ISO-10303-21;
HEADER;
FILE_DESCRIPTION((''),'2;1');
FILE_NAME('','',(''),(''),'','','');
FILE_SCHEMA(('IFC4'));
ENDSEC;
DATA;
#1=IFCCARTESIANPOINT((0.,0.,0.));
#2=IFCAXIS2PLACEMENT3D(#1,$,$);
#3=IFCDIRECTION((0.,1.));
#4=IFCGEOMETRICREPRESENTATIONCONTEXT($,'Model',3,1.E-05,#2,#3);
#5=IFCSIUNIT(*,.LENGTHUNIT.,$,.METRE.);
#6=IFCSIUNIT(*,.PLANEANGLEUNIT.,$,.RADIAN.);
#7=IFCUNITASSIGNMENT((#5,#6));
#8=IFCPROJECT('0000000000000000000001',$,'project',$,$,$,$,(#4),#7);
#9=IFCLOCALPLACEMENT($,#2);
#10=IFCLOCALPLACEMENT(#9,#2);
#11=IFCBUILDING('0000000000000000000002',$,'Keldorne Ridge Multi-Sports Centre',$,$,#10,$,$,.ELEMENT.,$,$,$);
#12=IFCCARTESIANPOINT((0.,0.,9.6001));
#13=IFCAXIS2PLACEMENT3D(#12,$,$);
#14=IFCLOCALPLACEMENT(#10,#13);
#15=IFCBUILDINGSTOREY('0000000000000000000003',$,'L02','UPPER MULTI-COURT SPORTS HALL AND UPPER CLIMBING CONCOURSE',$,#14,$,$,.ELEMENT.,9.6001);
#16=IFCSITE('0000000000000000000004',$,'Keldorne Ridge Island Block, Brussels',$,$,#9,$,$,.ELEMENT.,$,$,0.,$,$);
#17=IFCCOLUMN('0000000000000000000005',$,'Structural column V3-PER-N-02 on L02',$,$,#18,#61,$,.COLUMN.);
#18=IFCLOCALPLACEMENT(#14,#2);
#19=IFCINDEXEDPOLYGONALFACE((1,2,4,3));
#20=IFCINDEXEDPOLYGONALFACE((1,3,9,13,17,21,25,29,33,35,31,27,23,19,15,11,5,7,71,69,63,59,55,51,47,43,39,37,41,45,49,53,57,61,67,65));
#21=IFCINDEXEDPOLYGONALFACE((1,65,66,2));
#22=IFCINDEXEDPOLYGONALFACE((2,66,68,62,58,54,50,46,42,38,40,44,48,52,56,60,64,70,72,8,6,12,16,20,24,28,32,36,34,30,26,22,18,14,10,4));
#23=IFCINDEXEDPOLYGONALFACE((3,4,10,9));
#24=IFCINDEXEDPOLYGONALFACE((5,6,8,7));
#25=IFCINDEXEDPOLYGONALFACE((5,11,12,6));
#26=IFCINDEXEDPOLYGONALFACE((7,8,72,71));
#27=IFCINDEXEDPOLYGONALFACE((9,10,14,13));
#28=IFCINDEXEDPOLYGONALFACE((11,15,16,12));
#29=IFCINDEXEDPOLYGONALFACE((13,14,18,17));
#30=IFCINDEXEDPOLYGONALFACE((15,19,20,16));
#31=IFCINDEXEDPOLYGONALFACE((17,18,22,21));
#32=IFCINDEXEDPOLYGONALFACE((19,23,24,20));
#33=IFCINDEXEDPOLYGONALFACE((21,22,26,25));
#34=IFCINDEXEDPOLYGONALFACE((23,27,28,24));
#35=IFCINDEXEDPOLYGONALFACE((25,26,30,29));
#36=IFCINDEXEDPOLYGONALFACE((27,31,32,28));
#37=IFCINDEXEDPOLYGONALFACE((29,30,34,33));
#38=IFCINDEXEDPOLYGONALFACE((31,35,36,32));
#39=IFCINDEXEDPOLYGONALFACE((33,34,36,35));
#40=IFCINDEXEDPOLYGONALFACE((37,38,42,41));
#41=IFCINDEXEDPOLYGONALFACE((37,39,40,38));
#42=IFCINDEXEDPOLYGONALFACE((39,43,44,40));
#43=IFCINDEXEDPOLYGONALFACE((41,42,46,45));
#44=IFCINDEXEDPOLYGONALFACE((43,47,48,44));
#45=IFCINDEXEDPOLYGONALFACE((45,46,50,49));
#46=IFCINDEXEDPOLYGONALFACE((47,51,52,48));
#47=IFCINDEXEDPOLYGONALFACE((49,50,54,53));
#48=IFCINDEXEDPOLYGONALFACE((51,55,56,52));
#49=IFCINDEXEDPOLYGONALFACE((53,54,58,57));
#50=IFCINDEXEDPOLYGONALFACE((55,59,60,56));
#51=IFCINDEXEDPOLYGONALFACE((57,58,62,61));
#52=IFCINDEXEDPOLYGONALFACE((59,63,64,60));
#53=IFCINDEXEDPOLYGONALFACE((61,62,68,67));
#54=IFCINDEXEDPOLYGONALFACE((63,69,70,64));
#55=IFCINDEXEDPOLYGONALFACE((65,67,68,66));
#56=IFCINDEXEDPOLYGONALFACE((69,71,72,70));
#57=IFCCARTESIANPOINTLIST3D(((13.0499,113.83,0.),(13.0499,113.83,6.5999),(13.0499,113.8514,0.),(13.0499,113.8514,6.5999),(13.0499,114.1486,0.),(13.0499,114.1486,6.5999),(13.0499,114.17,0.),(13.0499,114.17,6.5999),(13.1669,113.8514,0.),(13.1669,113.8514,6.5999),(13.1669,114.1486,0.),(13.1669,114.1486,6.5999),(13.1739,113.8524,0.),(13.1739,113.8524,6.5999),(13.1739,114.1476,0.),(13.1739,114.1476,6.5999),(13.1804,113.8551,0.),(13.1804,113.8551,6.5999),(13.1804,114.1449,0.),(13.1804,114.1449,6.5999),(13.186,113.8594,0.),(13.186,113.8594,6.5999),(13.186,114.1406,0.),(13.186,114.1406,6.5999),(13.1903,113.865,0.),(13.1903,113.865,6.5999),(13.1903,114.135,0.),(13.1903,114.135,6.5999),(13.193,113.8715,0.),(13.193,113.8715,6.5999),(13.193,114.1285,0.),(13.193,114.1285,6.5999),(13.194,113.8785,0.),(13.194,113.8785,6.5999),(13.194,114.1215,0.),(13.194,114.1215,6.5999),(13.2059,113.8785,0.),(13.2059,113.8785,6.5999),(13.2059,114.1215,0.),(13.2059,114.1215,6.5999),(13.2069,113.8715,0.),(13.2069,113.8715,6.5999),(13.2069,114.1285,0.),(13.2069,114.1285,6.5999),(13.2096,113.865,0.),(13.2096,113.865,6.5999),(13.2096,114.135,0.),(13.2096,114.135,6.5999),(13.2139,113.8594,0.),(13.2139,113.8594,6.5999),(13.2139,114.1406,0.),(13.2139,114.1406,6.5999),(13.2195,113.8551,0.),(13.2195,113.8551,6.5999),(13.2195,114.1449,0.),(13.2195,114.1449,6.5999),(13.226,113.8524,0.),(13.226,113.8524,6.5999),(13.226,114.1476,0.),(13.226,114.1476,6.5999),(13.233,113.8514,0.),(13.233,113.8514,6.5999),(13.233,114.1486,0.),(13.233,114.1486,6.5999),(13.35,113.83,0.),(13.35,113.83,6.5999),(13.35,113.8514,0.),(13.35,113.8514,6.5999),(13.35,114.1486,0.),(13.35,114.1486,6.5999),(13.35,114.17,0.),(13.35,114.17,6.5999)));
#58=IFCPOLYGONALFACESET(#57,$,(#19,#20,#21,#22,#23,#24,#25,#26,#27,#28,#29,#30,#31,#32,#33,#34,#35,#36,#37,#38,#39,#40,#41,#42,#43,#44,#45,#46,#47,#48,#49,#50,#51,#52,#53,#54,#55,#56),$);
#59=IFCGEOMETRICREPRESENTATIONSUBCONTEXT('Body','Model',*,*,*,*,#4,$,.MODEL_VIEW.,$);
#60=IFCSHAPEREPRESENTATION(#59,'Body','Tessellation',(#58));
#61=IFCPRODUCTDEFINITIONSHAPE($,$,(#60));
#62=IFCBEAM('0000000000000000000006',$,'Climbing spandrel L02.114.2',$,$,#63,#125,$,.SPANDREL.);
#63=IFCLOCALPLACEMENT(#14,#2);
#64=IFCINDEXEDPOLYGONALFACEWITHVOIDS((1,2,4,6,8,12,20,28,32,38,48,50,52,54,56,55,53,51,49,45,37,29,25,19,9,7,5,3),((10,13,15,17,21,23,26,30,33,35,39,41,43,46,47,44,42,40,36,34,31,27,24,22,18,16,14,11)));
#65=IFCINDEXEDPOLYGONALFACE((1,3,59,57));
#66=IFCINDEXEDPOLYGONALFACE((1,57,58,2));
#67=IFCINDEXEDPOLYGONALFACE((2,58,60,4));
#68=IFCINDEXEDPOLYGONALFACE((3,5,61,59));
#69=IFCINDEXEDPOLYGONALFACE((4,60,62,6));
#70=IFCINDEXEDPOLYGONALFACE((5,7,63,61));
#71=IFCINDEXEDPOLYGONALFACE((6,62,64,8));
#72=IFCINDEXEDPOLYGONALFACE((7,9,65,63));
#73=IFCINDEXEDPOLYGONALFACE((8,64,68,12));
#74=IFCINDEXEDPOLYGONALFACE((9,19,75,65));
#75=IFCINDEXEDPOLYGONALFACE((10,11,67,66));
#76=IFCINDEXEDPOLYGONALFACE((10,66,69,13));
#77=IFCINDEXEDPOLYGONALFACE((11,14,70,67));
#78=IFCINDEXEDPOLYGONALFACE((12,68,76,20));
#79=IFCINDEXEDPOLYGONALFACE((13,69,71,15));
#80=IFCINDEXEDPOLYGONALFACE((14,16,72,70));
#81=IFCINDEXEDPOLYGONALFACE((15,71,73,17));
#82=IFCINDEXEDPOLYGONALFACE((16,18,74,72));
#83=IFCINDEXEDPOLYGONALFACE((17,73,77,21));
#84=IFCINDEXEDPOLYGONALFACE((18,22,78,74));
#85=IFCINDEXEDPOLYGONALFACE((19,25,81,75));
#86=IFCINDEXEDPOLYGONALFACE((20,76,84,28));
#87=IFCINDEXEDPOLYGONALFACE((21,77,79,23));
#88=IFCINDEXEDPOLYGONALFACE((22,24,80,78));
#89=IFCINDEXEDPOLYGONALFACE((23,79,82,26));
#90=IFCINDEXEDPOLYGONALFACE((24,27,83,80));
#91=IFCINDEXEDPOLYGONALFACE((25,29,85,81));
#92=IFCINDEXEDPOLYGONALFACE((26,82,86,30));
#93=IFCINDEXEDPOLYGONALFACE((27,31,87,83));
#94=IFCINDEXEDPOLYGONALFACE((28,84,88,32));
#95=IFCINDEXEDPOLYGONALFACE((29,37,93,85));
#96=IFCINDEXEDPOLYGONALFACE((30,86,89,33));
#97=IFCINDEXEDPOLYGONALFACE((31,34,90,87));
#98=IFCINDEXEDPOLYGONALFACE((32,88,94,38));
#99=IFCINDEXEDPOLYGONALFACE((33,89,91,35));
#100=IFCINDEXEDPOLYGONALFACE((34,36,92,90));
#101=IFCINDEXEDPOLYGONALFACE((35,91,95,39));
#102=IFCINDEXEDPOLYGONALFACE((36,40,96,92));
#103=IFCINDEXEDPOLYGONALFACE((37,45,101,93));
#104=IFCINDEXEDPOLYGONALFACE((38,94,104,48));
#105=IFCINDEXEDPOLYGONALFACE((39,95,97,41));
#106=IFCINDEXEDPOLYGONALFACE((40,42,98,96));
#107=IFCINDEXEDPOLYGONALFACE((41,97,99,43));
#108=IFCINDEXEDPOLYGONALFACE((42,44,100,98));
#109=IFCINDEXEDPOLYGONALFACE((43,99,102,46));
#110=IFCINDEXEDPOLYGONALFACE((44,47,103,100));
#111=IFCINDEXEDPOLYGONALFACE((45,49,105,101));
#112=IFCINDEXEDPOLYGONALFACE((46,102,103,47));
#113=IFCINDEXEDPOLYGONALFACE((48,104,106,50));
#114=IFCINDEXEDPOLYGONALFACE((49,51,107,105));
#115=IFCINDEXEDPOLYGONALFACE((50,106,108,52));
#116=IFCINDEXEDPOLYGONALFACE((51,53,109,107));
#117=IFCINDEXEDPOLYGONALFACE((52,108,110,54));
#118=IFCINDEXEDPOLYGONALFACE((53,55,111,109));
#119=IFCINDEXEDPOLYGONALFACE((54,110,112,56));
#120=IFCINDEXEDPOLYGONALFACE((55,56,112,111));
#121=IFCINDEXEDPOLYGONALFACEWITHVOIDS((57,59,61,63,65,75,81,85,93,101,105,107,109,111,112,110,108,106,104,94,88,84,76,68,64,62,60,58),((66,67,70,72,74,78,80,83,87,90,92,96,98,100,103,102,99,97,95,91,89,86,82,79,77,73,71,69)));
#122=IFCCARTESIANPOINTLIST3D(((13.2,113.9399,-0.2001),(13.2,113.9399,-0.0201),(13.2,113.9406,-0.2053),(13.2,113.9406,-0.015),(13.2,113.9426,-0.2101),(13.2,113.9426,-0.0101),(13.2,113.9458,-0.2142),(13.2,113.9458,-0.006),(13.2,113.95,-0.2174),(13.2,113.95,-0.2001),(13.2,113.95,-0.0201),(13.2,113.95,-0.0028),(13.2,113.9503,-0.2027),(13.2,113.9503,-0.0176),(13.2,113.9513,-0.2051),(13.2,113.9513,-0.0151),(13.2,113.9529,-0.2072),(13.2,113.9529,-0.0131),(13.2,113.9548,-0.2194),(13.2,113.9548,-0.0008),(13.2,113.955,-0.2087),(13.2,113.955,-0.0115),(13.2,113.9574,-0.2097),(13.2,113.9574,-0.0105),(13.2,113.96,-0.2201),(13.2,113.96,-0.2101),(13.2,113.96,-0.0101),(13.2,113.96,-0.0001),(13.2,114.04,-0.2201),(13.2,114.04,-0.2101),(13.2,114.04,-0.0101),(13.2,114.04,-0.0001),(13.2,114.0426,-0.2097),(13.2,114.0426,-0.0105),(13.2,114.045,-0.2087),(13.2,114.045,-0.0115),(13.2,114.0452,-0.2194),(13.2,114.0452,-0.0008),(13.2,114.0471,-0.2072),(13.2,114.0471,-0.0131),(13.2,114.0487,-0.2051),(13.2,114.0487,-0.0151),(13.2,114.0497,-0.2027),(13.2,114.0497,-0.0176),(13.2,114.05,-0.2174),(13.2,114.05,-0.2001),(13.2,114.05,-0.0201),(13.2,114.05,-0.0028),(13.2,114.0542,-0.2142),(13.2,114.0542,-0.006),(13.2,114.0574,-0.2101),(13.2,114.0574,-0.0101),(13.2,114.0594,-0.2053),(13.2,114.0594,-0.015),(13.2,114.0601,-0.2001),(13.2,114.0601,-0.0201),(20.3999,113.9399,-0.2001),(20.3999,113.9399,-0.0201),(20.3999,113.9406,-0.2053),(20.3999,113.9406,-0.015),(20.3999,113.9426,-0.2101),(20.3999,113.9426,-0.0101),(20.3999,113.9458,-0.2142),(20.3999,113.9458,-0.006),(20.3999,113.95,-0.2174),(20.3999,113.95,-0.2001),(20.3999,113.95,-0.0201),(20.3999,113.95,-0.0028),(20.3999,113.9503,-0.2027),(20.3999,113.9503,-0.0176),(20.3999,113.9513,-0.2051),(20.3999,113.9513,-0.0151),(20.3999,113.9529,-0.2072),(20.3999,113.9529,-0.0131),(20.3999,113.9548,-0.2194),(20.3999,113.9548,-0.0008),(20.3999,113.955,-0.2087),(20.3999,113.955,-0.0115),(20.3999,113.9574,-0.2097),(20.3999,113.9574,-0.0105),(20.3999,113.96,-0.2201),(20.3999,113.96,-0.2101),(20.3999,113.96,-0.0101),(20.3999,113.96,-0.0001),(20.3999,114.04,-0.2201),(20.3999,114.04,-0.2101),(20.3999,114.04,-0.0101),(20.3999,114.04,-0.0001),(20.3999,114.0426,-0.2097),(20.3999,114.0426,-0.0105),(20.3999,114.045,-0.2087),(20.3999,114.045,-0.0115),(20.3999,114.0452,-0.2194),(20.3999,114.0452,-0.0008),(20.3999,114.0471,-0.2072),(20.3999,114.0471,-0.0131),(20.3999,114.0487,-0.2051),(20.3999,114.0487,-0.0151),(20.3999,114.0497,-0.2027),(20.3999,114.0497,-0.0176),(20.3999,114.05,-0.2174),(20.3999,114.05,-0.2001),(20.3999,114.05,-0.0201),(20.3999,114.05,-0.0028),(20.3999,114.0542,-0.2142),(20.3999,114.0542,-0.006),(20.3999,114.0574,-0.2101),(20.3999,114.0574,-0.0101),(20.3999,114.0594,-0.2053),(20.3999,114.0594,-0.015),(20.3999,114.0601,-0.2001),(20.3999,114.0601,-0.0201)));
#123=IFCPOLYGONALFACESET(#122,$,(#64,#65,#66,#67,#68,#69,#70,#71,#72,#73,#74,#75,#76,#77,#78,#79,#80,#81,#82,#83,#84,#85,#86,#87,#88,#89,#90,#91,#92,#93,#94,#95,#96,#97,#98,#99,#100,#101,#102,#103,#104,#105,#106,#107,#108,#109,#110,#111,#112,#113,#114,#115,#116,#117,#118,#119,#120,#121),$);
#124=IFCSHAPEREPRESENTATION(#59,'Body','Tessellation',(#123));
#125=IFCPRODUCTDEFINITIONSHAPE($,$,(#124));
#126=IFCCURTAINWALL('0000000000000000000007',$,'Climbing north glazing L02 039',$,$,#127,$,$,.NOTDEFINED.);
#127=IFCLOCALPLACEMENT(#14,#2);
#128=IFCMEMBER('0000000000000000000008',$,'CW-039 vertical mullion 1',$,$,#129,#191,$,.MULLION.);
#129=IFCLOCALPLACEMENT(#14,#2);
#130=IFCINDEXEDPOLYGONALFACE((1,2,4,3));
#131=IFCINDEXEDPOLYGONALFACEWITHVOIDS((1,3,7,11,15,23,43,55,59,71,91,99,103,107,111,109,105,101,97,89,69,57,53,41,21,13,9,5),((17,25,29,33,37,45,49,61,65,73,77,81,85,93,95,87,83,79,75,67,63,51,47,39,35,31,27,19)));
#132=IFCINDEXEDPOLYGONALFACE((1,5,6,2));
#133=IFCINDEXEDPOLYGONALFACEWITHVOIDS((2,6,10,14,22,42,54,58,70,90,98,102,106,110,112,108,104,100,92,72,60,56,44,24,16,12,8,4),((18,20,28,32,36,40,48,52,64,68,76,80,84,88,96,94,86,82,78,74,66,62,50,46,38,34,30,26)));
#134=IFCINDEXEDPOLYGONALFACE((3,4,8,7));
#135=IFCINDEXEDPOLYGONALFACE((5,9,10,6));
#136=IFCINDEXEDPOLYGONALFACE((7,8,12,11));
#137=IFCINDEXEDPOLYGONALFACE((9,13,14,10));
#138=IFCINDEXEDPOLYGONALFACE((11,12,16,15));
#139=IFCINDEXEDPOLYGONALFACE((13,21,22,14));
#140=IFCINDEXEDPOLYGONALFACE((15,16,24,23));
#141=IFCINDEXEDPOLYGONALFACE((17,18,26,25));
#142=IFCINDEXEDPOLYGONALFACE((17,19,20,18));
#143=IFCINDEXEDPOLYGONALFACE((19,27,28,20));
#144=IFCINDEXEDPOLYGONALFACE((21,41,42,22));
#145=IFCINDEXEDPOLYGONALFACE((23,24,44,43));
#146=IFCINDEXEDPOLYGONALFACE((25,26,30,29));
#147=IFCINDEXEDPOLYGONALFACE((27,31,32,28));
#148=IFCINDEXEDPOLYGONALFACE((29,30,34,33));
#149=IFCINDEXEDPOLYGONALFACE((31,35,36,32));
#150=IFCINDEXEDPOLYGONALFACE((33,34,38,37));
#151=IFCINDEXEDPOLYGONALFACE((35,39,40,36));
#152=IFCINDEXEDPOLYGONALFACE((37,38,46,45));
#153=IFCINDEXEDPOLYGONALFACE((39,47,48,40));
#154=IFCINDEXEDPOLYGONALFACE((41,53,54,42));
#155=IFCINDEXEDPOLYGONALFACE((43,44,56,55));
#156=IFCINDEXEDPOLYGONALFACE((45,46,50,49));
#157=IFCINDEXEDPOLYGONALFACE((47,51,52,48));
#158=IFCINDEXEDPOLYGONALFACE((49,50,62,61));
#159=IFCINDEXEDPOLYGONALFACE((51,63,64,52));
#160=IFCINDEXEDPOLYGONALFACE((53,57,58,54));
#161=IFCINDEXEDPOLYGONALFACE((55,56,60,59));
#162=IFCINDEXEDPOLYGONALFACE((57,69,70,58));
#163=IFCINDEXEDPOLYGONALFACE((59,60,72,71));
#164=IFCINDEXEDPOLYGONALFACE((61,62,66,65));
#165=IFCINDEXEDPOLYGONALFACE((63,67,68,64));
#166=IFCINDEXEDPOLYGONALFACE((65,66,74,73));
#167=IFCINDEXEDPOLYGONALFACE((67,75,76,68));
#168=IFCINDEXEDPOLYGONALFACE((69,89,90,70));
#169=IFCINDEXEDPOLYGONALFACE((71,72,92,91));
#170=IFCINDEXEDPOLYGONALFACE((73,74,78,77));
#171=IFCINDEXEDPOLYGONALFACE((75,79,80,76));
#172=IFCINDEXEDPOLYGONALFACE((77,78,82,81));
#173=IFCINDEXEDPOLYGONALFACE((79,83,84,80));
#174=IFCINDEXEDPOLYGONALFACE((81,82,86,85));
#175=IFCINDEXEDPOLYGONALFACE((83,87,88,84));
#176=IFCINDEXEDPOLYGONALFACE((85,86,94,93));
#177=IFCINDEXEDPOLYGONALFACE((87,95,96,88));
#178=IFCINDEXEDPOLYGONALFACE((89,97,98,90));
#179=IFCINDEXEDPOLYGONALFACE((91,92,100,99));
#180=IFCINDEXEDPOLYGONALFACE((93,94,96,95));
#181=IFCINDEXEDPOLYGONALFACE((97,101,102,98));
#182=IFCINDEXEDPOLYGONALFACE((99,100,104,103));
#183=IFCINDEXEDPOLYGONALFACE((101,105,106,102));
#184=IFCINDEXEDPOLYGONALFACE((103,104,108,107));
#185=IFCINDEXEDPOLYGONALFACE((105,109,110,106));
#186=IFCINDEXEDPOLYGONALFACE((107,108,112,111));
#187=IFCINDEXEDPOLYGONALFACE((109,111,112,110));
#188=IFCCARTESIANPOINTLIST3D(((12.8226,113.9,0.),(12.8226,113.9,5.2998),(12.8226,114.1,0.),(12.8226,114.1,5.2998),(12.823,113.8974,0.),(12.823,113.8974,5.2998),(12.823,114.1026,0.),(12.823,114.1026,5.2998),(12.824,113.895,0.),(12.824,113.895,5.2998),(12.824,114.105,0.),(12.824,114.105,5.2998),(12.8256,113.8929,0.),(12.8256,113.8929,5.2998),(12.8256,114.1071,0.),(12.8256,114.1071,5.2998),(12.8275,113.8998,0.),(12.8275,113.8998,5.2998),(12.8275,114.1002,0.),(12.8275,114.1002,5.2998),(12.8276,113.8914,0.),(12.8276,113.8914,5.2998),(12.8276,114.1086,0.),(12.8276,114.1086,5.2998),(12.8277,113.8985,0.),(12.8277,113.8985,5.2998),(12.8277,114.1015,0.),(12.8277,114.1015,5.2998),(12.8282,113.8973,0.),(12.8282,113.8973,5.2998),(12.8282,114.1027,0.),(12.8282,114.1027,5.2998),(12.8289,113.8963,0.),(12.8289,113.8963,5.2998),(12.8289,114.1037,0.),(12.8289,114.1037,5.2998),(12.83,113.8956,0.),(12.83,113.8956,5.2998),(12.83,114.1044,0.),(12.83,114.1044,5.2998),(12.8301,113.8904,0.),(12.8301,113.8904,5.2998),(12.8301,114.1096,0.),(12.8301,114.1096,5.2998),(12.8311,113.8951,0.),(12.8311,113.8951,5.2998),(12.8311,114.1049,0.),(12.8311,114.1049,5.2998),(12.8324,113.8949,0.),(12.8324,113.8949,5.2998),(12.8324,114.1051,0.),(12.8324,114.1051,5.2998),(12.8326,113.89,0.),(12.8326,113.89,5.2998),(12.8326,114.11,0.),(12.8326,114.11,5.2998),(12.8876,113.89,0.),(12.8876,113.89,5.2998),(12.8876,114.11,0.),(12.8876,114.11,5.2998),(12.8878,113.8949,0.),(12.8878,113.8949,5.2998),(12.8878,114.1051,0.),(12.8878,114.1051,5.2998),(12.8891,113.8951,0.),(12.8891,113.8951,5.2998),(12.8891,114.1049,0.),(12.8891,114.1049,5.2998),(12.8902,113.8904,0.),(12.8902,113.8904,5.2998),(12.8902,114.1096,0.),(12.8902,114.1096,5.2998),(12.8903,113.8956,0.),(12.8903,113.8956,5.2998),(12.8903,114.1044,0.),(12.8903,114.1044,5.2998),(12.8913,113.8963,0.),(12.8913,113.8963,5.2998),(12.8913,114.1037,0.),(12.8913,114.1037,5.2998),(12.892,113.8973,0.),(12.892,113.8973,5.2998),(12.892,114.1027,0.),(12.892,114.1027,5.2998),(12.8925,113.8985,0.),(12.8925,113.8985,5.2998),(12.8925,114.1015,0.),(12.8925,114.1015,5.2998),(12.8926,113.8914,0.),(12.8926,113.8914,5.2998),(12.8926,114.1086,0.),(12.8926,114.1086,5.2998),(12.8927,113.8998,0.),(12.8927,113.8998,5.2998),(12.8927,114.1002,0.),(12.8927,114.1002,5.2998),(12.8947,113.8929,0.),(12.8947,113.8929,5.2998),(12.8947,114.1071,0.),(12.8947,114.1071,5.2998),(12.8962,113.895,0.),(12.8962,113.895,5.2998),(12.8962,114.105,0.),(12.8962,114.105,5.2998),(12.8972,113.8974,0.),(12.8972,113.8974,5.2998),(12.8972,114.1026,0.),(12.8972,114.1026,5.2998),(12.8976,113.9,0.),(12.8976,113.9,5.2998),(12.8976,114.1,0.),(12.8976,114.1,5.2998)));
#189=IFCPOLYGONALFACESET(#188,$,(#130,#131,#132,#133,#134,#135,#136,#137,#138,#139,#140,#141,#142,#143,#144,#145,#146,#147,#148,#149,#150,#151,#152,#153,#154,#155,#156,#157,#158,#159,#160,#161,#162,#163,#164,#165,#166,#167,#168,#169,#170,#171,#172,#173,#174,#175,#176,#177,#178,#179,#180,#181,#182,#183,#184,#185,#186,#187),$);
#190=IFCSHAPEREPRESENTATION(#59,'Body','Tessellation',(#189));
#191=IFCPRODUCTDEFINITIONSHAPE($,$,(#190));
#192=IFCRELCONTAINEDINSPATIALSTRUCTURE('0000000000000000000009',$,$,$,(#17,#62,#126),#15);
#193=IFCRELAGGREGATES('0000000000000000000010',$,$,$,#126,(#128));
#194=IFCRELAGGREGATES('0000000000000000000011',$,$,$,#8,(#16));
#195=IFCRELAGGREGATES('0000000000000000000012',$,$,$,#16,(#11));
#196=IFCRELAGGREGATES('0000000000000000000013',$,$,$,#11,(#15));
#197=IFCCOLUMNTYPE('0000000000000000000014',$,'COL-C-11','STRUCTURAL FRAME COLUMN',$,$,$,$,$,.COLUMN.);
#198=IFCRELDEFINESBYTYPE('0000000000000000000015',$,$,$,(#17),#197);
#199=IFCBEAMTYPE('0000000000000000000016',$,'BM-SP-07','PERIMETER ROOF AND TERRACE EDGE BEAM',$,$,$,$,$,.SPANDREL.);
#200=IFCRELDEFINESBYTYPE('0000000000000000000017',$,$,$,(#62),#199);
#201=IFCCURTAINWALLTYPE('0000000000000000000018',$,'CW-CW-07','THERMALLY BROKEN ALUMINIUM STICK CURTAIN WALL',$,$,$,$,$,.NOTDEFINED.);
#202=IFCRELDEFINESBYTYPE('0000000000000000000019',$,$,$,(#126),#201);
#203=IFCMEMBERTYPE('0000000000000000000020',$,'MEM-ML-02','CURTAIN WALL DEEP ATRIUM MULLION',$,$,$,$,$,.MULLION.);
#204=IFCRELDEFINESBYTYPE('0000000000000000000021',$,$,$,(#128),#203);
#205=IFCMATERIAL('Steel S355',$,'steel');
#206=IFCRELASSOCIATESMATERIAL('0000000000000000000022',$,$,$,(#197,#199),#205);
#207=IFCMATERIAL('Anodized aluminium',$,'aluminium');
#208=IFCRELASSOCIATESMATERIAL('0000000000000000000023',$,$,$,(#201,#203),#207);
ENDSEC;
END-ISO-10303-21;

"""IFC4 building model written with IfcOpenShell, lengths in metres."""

from ifc_helpers import new_model, si_unit, direction, frame, origin, origin_2d, place, context, subcontext, project, spatial, hollow_rectangle, i_section, extrude, material, material_profile, profile_set, type_object, element, aggregate, save


model = new_model("IFC4")

# Units and contexts
model_context = context("Model", 3, precision=1e-05, world=origin(), true_north=direction((0.0, 1.0)))
body_context = subcontext(model_context, "Body", "Model", "MODEL_VIEW")
ifc_project = project(units=[si_unit("LENGTHUNIT", "METRE"), si_unit("PLANEANGLEUNIT", "RADIAN")], contexts=[model_context])

# Site, building, storey
site_placement = place(None, origin())
site = spatial("IfcSite", under=ifc_project, at=site_placement, Name="Keldorne Ridge Island Block, Brussels", CompositionType="ELEMENT", RefElevation=0.0)
building_placement = place(site_placement, origin())
building = spatial("IfcBuilding", under=site, at=building_placement, Name="Keldorne Ridge Multi-Sports Centre", CompositionType="ELEMENT")
storey_placement = place(building_placement, frame((0.0, 0.0, 9.6001)))
storey = spatial("IfcBuildingStorey", under=building, at=storey_placement, Name="L02", Description="UPPER MULTI-COURT SPORTS HALL AND UPPER CLIMBING CONCOURSE", CompositionType="ELEMENT", Elevation=9.6001)

# Column
ifc_material_1 = material(Name="Steel S355", Category="steel")
ifc_material_profile_1 = material_profile(ifc_material_1, i_section(OverallWidth=0.3, OverallDepth=0.3401, WebThickness=0.012, FlangeThickness=0.0215, FilletRadius=0.0271, at=origin_2d()), Name="HEB 340")
ifc_profile_set_1 = profile_set([ifc_material_profile_1], Name="Steel S355")
column_type = type_object("IfcColumnType", Name="COL-C-11", Description="STRUCTURAL FRAME COLUMN", PredefinedType="COLUMN", material=ifc_profile_set_1)
column_placement = place(storey_placement, frame((13.2, 114.0, 0.0), z_axis=(0.0, 0.0, 1.0), x_axis=(1.0, 0.0, 0.0)))
element("IfcColumn", 1, at=column_placement, inside=storey, type_object=column_type, Name="Structural column V3-PER-N-02 on L02", PredefinedType="COLUMN", context=body_context, shape_type="SweptSolid", body=[
    extrude(i_section(OverallWidth=0.3, OverallDepth=0.3401, WebThickness=0.012, FlangeThickness=0.0215, FilletRadius=0.0271, at=origin_2d()), origin(), (0.0, 0.0, 1.0), 6.5999),
])

# Beam
ifc_material_profile_2 = material_profile(ifc_material_1, hollow_rectangle(XDim=0.1201, YDim=0.22, WallThickness=0.01, InnerFilletRadius=0.01, OuterFilletRadius=0.02, at=origin_2d()), Name="RHS 220x120x10")
ifc_profile_set_2 = profile_set([ifc_material_profile_2], Name="Steel S355")
beam_type = type_object("IfcBeamType", Name="BM-SP-07", Description="PERIMETER ROOF AND TERRACE EDGE BEAM", PredefinedType="SPANDREL", material=ifc_profile_set_2)
beam_placement = place(storey_placement, frame((13.2, 114.0, -0.1101), z_axis=(1.0, 0.0, 0.0), x_axis=(0.0, 1.0, 0.0)))
element("IfcBeam", 2, at=beam_placement, inside=storey, type_object=beam_type, Name="Climbing spandrel L02.114.2", PredefinedType="SPANDREL", context=body_context, shape_type="SweptSolid", body=[
    extrude(hollow_rectangle(XDim=0.1201, YDim=0.22, WallThickness=0.01, InnerFilletRadius=0.01, OuterFilletRadius=0.02, at=origin_2d()), origin(), (0.0, 0.0, 1.0), 7.2),
])

# Curtain wall, member
ifc_material_2 = material(Name="Anodized aluminium", Category="aluminium")
curtain_wall_type = type_object("IfcCurtainWallType", Name="CW-CW-07", Description="THERMALLY BROKEN ALUMINIUM STICK CURTAIN WALL", PredefinedType="NOTDEFINED", material=ifc_material_2)
curtain_wall_placement = place(storey_placement, origin())
curtain_wall = element("IfcCurtainWall", 3, at=curtain_wall_placement, inside=storey, type_object=curtain_wall_type, Name="Climbing north glazing L02 039", PredefinedType="NOTDEFINED")
ifc_material_profile_3 = material_profile(ifc_material_2, hollow_rectangle(XDim=0.075, YDim=0.22, WallThickness=0.0049, InnerFilletRadius=0.0049, OuterFilletRadius=0.01, at=origin_2d()), Name="ALU MULLION 220x75x5")
ifc_profile_set_3 = profile_set([ifc_material_profile_3], Name="Anodized aluminium")
member_type_1 = type_object("IfcMemberType", Name="MEM-ML-02", Description="CURTAIN WALL DEEP ATRIUM MULLION", PredefinedType="MULLION", material=ifc_profile_set_3)
member_1_placement = place(storey_placement, frame((12.8601, 114.0, 0.0), z_axis=(0.0, 0.0, 1.0), x_axis=(1.0, 0.0, 0.0)))
member_1 = element("IfcMember", 4, at=member_1_placement, type_object=member_type_1, Name="CW-039 vertical mullion 1", PredefinedType="MULLION", context=body_context, shape_type="SweptSolid", body=[
    extrude(hollow_rectangle(XDim=0.075, YDim=0.22, WallThickness=0.0049, InnerFilletRadius=0.0049, OuterFilletRadius=0.01, at=origin_2d()), origin(), (0.0, 0.0, 1.0), 5.2998),
])

aggregate(curtain_wall, [member_1])

save(model, "model.ifc")
